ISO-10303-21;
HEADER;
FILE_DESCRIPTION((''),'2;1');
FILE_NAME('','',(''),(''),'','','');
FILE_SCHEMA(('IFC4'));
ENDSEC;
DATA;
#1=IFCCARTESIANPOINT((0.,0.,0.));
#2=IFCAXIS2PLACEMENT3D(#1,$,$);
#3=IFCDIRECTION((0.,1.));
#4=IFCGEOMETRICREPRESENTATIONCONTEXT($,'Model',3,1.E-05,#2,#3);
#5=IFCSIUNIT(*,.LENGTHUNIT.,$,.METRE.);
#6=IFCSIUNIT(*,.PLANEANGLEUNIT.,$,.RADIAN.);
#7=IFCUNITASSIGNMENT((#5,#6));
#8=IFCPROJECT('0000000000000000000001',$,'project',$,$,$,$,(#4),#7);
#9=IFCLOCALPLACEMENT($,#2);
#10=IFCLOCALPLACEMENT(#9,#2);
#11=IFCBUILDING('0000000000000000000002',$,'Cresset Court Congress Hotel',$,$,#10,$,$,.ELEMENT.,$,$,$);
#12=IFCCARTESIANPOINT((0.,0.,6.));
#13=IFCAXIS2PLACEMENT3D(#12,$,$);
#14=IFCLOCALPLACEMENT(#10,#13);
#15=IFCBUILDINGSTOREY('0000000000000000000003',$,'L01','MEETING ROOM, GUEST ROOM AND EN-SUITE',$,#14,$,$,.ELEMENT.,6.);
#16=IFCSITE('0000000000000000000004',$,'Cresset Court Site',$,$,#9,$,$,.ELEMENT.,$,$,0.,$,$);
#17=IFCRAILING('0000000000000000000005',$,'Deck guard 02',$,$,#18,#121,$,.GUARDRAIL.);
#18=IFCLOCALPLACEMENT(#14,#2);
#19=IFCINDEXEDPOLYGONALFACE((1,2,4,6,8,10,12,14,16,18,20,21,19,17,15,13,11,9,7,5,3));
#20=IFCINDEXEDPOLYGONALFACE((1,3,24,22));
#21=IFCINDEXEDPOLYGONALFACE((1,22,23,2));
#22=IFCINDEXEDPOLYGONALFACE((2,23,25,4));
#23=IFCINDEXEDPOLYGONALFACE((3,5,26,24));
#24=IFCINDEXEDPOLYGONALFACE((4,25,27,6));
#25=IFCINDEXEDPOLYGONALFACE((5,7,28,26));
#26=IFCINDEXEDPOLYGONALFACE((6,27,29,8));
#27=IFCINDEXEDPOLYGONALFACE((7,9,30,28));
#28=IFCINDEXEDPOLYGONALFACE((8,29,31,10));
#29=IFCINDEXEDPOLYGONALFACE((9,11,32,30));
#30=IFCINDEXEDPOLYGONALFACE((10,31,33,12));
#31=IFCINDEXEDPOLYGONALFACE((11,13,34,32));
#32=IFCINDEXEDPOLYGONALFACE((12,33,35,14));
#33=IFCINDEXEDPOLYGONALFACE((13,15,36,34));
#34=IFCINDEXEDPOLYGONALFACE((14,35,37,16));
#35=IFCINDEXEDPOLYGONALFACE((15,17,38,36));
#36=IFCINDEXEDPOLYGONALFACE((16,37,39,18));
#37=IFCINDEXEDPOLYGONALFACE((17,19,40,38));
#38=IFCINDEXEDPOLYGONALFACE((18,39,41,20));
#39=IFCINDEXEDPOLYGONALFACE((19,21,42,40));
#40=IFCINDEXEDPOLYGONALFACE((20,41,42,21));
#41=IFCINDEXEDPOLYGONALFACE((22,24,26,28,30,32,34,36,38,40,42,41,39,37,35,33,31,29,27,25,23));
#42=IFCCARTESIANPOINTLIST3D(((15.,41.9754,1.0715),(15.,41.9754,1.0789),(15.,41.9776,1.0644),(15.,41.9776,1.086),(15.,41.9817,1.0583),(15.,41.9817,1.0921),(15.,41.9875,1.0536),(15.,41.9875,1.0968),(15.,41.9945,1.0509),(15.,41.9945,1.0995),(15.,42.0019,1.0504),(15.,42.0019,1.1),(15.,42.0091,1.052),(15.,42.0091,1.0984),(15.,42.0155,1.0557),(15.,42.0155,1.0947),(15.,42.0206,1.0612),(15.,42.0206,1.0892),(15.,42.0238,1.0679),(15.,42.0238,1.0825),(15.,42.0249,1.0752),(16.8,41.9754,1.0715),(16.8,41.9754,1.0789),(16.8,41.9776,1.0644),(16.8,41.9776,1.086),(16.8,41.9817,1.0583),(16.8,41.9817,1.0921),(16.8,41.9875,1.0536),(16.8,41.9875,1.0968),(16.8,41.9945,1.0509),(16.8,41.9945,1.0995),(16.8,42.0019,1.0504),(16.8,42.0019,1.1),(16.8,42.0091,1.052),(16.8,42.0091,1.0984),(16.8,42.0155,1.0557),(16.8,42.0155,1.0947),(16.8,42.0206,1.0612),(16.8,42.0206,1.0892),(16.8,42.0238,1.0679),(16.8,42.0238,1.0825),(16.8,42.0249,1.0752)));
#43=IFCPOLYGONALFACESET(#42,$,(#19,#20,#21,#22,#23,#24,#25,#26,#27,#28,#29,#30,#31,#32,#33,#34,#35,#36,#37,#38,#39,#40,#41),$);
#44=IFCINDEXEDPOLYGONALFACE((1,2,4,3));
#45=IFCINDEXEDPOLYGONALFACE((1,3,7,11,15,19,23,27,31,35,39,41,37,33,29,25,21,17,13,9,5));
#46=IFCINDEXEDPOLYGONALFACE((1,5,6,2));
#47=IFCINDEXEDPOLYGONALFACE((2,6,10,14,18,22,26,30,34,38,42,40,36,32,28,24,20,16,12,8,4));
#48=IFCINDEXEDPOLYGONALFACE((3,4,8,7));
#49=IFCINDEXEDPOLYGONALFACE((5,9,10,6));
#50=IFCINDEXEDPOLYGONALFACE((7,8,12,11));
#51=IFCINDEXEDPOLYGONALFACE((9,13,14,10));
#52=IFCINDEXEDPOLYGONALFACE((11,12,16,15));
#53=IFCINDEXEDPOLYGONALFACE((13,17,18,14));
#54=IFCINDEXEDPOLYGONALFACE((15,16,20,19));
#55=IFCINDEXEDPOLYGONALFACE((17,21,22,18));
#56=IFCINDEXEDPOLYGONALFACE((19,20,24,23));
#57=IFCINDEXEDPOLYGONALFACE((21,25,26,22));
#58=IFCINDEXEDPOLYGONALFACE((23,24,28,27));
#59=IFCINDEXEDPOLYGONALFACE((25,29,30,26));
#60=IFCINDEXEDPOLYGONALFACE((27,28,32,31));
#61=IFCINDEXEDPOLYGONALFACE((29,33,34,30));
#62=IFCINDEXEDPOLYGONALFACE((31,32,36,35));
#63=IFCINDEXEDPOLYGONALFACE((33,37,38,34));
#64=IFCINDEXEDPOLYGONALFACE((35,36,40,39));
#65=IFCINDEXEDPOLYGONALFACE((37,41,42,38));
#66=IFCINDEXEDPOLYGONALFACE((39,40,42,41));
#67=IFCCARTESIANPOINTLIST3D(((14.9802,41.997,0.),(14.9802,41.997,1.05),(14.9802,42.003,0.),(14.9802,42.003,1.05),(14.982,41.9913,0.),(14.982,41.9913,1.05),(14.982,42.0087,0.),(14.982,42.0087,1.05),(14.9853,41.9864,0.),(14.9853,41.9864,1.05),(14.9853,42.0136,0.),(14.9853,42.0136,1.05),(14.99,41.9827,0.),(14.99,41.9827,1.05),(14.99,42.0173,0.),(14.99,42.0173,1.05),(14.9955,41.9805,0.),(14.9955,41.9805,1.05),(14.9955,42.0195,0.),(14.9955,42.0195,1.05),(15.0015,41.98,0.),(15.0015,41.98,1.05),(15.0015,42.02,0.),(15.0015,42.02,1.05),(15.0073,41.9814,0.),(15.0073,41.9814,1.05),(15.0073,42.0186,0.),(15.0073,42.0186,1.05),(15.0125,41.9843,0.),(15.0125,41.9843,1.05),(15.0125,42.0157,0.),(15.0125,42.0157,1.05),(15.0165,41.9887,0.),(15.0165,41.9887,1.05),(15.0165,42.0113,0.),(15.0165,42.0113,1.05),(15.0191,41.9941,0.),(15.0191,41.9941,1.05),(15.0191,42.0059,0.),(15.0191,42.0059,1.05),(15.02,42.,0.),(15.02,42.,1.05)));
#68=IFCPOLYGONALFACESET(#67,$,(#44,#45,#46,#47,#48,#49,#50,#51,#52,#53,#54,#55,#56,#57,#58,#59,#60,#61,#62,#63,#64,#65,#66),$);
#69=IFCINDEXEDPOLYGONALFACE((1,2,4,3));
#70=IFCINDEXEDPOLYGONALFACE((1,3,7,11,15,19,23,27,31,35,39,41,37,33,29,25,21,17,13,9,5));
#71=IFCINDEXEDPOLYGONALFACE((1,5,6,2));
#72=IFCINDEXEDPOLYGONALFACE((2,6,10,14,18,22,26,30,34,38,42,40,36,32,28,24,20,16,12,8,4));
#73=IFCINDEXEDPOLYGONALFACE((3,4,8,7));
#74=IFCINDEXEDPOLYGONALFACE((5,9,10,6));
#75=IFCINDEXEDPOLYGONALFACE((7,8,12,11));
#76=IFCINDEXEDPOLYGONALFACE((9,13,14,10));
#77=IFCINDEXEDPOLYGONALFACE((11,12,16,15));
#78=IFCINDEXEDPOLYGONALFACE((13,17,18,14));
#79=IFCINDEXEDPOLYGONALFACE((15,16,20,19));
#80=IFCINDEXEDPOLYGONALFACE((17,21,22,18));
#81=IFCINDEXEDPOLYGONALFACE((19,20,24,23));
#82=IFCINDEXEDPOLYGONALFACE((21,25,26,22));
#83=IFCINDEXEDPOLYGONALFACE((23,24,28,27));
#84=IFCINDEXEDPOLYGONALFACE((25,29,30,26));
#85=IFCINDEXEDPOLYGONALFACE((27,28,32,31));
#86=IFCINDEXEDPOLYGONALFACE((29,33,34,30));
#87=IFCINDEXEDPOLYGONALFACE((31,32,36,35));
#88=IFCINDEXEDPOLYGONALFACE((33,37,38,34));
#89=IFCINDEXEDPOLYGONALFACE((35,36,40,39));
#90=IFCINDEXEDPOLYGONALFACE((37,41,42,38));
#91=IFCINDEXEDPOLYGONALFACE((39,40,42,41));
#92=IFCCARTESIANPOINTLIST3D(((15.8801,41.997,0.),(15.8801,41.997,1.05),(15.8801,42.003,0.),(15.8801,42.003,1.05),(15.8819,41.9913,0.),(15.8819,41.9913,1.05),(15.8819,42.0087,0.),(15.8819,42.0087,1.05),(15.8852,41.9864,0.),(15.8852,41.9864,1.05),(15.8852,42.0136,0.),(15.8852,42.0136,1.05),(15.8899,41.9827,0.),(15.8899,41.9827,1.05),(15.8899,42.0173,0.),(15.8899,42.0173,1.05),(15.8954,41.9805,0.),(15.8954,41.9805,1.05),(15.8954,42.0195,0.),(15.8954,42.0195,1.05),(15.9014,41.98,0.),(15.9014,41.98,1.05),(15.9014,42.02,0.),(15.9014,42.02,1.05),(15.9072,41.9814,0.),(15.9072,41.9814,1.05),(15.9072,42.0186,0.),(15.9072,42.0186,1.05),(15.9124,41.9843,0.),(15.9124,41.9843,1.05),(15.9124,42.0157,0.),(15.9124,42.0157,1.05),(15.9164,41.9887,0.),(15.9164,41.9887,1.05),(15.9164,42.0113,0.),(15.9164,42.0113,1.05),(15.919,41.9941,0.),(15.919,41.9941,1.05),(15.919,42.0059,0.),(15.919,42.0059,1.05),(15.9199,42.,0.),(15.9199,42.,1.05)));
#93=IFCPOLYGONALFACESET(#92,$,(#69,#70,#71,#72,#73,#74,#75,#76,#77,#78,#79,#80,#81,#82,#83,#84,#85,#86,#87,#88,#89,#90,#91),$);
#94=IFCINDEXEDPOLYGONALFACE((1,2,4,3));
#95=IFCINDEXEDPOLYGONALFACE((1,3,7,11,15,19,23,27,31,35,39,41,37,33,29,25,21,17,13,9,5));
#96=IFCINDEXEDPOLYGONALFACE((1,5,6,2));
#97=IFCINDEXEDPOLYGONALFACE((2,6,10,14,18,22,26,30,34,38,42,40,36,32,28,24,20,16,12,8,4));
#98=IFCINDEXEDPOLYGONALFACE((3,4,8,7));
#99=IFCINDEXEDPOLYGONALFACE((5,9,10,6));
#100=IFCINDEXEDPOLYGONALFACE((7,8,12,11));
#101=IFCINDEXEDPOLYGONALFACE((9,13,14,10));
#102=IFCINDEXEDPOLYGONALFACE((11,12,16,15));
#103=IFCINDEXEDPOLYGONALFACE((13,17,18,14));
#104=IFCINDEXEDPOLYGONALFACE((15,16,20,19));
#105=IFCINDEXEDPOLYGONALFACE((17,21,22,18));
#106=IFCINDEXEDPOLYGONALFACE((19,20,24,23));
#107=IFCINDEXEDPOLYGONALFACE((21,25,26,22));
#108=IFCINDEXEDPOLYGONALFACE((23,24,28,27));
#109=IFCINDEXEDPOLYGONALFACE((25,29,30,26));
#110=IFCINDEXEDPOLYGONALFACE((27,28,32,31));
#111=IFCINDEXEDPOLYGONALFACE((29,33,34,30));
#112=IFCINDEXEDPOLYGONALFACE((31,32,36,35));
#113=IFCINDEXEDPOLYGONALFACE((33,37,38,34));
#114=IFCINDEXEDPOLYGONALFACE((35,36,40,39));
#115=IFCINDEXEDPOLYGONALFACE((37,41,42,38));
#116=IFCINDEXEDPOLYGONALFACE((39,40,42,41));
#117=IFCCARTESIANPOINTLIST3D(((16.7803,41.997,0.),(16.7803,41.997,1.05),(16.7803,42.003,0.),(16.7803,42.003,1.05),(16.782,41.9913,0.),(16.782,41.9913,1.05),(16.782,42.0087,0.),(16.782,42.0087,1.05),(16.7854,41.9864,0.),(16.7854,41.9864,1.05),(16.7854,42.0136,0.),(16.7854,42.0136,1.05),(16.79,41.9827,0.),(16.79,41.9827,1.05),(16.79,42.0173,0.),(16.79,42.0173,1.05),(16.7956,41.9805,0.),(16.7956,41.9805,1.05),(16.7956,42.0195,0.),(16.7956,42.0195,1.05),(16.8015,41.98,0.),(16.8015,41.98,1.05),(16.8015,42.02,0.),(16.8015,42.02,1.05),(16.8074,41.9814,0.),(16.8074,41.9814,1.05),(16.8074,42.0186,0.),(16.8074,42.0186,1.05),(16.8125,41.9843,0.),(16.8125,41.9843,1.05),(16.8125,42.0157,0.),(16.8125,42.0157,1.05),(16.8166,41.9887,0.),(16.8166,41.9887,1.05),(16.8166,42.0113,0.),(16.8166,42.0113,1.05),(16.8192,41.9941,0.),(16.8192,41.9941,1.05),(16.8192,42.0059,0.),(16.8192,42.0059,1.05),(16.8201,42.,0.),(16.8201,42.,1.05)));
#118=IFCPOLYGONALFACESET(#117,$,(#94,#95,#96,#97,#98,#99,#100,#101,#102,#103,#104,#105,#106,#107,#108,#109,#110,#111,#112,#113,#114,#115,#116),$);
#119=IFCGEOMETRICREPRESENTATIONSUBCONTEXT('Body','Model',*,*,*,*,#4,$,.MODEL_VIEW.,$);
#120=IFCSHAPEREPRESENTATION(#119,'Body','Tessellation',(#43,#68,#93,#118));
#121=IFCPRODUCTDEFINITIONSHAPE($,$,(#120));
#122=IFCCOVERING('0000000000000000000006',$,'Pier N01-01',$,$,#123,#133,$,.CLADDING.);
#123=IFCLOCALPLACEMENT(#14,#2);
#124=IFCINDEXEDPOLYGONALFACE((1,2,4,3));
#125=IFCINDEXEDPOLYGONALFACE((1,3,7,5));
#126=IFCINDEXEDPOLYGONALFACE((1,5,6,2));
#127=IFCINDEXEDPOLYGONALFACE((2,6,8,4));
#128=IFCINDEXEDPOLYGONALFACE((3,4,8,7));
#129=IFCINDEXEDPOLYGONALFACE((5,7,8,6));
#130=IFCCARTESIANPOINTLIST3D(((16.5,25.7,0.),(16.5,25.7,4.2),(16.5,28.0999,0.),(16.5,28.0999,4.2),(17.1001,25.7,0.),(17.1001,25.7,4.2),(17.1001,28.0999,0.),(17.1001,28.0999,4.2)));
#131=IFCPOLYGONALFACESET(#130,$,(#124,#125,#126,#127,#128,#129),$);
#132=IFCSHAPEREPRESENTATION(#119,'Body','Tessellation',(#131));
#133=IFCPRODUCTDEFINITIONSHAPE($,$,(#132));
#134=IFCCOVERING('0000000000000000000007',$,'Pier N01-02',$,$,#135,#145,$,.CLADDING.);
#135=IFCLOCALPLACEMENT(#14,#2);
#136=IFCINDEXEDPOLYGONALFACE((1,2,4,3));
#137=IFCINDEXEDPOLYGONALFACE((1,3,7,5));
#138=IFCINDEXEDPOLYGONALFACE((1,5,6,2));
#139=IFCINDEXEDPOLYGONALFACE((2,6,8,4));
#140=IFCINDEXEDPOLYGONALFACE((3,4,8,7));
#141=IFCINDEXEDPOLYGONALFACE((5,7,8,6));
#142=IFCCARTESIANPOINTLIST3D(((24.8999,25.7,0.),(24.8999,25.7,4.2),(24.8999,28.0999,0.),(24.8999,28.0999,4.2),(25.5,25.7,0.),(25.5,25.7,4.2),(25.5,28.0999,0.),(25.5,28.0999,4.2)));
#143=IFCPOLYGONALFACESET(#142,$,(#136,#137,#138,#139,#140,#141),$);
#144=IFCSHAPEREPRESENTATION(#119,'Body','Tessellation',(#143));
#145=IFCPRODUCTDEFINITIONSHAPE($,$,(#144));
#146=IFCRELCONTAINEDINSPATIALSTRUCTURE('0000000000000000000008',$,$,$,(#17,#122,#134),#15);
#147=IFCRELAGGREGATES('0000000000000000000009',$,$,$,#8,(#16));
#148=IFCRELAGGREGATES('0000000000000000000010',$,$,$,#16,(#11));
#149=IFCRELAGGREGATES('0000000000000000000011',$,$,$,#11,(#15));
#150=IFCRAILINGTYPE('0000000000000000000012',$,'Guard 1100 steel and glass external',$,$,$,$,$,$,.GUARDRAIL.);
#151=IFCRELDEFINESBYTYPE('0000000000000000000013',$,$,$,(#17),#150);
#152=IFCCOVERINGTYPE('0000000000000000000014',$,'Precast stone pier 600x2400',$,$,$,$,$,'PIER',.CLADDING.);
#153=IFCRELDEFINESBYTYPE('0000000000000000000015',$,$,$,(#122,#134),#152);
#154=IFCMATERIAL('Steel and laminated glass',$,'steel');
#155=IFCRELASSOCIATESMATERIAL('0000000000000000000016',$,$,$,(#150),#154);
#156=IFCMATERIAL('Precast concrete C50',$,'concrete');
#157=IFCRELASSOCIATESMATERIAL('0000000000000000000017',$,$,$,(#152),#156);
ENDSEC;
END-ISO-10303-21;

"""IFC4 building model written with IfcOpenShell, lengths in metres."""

from ifc_helpers import new_model, si_unit, direction, frame, origin, origin_2d, place, context, subcontext, project, spatial, rectangle, circle, extrude, material, type_object, element, save


model = new_model("IFC4")

# Units and contexts
model_context = context("Model", 3, precision=1e-05, world=origin(), true_north=direction((0.0, 1.0)))
body_context = subcontext(model_context, "Body", "Model", "MODEL_VIEW")
ifc_project = project(units=[si_unit("LENGTHUNIT", "METRE"), si_unit("PLANEANGLEUNIT", "RADIAN")], contexts=[model_context])

# Site, building, storey
site_placement = place(None, origin())
site = spatial("IfcSite", under=ifc_project, at=site_placement, Name="Cresset Court Site", CompositionType="ELEMENT", RefElevation=0.0)
building_placement = place(site_placement, origin())
building = spatial("IfcBuilding", under=site, at=building_placement, Name="Cresset Court Congress Hotel", CompositionType="ELEMENT")
storey_placement = place(building_placement, frame((0.0, 0.0, 6.0)))
storey = spatial("IfcBuildingStorey", under=building, at=storey_placement, Name="L01", Description="MEETING ROOM, GUEST ROOM AND EN-SUITE", CompositionType="ELEMENT", Elevation=6.0)

# Railing
ifc_material_1 = material(Name="Steel and laminated glass", Category="steel")
railing_type = type_object("IfcRailingType", Name="Guard 1100 steel and glass external", PredefinedType="GUARDRAIL", material=ifc_material_1)
railing_1_placement = place(storey_placement, frame((15.0, 42.0, 0.0)))
element("IfcRailing", 1, at=railing_1_placement, inside=storey, type_object=railing_type, Name="Deck guard 02", PredefinedType="GUARDRAIL", context=body_context, shape_type="SweptSolid", body=[
    extrude(circle(Radius=0.0249, at=origin_2d()), frame((0.0, 0.0, 1.0752), z_axis=(1.0, 0.0, 0.0), x_axis=(0.0, 1.0, 0.0)), (0.0, 0.0, 1.0), 1.8),
    extrude(circle(Radius=0.02, at=origin_2d()), origin(), (0.0, 0.0, 1.0), 1.05),
    extrude(circle(Radius=0.02, at=origin_2d()), frame((0.8999, 0.0, 0.0)), (0.0, 0.0, 1.0), 1.05),
    extrude(circle(Radius=0.02, at=origin_2d()), frame((1.8, 0.0, 0.0)), (0.0, 0.0, 1.0), 1.05),
])

# Coverings
ifc_material_2 = material(Name="Precast concrete C50", Category="concrete")
covering_type = type_object("IfcCoveringType", Name="Precast stone pier 600x2400", ElementType="PIER", PredefinedType="CLADDING", material=ifc_material_2)
for number, where, z_axis, x_axis, name in (
    (2, (16.8, 26.8999, 0.0), (0.0, 0.0, 1.0), (1.0, 0.0, 0.0), "Pier N01-01"),
    (3, (25.2, 26.8999, 0.0), (0.0, 0.0, 1.0), (1.0, 0.0, 0.0), "Pier N01-02"),
):
    element("IfcCovering", number, at=place(storey_placement, frame(where, z_axis=z_axis, x_axis=x_axis)), inside=storey, type_object=covering_type, Name=name, PredefinedType="CLADDING", context=body_context, shape_type="SweptSolid", body=[
        extrude(rectangle(XDim=0.6001, YDim=2.3999, at=origin_2d()), origin(), (0.0, 0.0, 1.0), 4.2),
    ])

save(model, "model.ifc")
